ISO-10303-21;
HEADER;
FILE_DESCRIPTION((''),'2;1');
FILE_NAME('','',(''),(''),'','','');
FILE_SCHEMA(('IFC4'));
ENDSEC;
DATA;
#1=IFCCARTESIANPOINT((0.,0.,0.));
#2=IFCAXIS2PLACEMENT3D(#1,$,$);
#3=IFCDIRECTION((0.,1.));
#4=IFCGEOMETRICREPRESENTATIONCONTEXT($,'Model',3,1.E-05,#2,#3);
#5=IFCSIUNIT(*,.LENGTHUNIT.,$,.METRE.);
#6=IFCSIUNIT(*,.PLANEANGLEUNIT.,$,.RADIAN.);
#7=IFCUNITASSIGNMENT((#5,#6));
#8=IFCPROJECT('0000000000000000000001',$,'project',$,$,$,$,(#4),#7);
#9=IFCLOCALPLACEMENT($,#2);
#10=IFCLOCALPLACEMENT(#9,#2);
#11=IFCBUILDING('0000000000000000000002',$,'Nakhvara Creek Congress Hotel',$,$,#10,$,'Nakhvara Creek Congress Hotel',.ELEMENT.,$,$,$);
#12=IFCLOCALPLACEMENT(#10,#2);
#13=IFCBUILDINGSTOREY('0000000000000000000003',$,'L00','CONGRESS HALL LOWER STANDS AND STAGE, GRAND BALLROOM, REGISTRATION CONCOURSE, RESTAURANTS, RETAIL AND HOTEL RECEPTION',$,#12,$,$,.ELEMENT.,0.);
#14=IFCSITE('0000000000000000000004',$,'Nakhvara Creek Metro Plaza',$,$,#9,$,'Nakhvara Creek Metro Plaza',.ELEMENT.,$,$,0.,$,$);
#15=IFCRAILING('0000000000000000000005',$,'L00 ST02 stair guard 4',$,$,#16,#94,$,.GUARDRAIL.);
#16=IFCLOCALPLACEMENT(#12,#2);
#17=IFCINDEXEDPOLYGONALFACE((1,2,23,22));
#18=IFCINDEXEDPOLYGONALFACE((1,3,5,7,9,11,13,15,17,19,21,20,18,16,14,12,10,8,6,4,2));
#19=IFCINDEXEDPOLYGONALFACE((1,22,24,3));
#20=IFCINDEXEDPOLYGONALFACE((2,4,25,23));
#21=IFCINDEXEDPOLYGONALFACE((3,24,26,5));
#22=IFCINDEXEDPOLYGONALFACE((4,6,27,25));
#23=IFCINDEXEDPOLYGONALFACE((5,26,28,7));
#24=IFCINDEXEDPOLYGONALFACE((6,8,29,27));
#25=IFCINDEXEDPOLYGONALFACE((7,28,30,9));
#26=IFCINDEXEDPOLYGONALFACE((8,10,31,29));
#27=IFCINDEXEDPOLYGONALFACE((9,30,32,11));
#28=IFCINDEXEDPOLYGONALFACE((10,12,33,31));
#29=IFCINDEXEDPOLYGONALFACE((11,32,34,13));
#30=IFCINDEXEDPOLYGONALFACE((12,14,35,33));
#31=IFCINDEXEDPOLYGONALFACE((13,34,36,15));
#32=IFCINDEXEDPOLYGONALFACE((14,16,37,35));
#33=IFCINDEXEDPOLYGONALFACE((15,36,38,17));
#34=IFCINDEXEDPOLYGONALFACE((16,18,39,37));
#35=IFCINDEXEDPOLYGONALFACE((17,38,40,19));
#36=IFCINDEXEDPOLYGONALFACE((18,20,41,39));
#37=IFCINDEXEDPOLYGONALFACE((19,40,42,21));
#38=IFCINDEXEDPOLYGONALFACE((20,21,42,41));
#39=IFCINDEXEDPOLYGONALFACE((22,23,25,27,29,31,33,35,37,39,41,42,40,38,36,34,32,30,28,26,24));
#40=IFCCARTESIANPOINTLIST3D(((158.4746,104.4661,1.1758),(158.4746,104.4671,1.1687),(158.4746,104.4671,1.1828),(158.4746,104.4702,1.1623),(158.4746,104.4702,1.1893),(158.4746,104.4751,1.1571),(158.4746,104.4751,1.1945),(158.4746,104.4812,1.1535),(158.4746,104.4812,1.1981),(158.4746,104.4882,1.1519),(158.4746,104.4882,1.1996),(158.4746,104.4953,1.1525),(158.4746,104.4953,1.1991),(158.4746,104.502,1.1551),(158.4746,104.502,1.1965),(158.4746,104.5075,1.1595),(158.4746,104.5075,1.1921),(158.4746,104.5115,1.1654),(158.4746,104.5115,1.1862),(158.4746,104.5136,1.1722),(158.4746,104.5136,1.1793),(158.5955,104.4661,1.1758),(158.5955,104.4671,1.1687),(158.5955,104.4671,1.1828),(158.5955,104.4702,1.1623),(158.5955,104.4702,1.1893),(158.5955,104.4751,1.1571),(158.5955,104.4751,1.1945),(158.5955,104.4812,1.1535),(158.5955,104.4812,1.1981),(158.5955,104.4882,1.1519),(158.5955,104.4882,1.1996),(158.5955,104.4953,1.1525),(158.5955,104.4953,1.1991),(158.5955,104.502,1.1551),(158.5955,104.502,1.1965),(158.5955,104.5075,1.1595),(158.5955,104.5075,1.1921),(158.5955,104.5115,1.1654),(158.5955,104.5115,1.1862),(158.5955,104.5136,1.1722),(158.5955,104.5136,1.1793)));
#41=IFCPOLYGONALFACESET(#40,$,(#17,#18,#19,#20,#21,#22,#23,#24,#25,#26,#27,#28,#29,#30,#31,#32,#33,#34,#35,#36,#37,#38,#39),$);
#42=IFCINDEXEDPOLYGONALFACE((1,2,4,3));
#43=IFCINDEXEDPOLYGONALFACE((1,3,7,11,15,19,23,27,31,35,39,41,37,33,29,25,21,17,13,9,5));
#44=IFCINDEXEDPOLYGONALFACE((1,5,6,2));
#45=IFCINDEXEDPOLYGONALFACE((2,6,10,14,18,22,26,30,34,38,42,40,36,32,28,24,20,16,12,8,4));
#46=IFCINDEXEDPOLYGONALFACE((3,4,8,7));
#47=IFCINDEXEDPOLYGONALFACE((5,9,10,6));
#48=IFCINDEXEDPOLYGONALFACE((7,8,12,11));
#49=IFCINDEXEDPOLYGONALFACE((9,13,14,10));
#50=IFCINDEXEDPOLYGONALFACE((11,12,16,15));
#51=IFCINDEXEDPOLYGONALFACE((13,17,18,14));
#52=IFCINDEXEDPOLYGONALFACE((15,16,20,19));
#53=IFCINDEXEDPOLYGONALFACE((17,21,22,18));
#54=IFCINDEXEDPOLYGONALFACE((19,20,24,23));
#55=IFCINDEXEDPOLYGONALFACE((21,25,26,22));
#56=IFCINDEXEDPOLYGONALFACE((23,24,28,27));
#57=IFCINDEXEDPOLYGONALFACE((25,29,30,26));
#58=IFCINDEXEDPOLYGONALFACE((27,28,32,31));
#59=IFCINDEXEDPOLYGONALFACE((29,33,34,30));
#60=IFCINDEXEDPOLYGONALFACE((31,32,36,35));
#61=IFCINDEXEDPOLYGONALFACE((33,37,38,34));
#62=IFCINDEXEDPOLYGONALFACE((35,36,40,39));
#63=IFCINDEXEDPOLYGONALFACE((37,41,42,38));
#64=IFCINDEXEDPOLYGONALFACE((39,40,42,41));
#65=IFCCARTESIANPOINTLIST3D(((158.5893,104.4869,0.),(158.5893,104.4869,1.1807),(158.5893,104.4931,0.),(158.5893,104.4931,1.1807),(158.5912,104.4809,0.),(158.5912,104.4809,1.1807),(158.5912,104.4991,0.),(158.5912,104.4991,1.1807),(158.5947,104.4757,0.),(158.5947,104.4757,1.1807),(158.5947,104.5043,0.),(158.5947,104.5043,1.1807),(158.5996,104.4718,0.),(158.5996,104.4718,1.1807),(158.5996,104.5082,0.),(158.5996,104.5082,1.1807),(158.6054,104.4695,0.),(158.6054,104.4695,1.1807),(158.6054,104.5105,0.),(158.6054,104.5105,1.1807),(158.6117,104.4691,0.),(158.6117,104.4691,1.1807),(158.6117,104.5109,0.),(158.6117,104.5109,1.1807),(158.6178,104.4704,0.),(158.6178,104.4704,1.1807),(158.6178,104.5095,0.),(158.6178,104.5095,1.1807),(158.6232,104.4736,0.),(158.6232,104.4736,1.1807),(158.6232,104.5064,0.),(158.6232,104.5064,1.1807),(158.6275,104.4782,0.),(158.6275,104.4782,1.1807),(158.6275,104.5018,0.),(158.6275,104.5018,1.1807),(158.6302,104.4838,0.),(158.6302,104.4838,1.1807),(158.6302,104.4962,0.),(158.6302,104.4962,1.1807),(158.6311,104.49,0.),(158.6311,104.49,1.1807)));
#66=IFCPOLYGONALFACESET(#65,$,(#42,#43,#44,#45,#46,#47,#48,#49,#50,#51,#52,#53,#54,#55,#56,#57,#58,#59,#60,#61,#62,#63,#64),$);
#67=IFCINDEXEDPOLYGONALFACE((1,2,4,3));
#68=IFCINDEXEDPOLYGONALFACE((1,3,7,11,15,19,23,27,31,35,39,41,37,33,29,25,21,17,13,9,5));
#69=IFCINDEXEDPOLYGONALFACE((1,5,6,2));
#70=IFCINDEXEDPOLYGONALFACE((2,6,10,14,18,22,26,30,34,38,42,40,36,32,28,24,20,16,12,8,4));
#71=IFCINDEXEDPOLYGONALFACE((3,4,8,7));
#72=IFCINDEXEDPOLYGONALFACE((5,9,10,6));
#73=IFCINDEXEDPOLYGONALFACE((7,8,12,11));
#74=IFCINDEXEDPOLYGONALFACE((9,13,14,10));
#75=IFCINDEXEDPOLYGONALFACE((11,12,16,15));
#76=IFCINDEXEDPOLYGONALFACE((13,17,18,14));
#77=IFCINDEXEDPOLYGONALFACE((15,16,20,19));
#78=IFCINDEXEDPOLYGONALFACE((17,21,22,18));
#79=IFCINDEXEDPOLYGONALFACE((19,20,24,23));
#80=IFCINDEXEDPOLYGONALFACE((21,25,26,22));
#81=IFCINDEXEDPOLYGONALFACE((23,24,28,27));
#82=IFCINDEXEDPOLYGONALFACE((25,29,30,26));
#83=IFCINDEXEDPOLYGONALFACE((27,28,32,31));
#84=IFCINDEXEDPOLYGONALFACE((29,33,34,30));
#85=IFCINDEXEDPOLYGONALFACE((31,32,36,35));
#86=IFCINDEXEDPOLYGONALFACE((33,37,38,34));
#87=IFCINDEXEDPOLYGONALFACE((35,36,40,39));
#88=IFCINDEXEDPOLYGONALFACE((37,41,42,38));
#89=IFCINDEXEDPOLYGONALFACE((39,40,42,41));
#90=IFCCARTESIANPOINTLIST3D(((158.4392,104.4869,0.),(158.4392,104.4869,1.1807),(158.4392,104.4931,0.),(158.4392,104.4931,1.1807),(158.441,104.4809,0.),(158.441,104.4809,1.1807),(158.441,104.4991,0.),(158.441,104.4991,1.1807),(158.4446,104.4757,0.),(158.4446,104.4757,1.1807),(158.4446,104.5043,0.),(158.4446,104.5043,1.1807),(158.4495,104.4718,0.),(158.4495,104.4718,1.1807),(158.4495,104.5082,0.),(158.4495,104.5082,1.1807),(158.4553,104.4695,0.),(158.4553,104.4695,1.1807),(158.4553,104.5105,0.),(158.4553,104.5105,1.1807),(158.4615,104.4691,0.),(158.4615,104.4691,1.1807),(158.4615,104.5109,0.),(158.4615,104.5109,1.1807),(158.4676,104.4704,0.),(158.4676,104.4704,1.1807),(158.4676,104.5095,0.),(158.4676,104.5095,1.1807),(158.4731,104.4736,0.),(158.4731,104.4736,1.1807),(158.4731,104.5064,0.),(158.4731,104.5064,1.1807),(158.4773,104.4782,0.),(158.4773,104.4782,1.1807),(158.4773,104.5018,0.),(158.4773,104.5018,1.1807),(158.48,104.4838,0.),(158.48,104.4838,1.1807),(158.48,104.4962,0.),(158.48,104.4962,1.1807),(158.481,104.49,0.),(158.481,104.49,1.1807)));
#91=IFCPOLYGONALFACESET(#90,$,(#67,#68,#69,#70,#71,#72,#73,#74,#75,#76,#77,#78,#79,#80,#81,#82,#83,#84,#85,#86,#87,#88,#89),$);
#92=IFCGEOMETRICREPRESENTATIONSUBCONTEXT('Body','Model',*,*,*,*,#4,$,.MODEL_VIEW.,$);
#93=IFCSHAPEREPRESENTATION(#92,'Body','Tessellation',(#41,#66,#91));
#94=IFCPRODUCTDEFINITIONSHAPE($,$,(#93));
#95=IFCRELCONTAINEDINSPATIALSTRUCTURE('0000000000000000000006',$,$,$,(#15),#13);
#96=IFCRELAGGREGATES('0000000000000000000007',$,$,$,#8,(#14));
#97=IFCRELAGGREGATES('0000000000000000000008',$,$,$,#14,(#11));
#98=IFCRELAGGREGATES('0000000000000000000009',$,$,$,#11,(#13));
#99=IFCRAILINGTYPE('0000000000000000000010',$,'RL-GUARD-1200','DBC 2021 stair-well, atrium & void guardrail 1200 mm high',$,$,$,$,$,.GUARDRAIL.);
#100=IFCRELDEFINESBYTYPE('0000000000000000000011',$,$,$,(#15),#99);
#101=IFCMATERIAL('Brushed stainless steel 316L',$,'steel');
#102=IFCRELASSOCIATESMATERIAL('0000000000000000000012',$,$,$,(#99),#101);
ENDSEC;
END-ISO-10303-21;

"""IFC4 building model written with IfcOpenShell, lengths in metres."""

from ifc_helpers import new_model, si_unit, direction, frame, origin, origin_2d, place, context, subcontext, project, spatial, circle, extrude, material, type_object, element, save


model = new_model("IFC4")

# Units and contexts
model_context = context("Model", 3, precision=1e-05, world=origin(), true_north=direction((0.0, 1.0)))
body_context = subcontext(model_context, "Body", "Model", "MODEL_VIEW")
ifc_project = project(units=[si_unit("LENGTHUNIT", "METRE"), si_unit("PLANEANGLEUNIT", "RADIAN")], contexts=[model_context])

# Site, building, storey
site_placement = place(None, origin())
site = spatial("IfcSite", under=ifc_project, at=site_placement, Name="Nakhvara Creek Metro Plaza", LongName="Nakhvara Creek Metro Plaza", CompositionType="ELEMENT", RefElevation=0.0)
building_placement = place(site_placement, origin())
building = spatial("IfcBuilding", under=site, at=building_placement, Name="Nakhvara Creek Congress Hotel", LongName="Nakhvara Creek Congress Hotel", CompositionType="ELEMENT")
storey_placement = place(building_placement, origin())
storey = spatial("IfcBuildingStorey", under=building, at=storey_placement, Name="L00", Description="CONGRESS HALL LOWER STANDS AND STAGE, GRAND BALLROOM, REGISTRATION CONCOURSE, RESTAURANTS, RETAIL AND HOTEL RECEPTION", CompositionType="ELEMENT", Elevation=0.0)

# Railing
ifc_material_1 = material(Name="Brushed stainless steel 316L", Category="steel")
railing_type_1 = type_object("IfcRailingType", Name="RL-GUARD-1200", Description="DBC 2021 stair-well, atrium & void guardrail 1200 mm high", PredefinedType="GUARDRAIL", material=ifc_material_1)
railing_1_placement = place(storey_placement, frame((158.6101, 104.49, 0.0)))
element("IfcRailing", 1, at=railing_1_placement, inside=storey, type_object=railing_type_1, Name="L00 ST02 stair guard 4", PredefinedType="GUARDRAIL", context=body_context, shape_type="SweptSolid", body=[
    extrude(circle(Radius=0.0239, at=origin_2d()), frame((-0.0146, 0.0, 1.1758), z_axis=(-1.0, 0.0, 0.0), x_axis=(0.0, -1.0, 0.0)), (0.0, 0.0, 1.0), 0.1208),
    extrude(circle(Radius=0.021, at=origin_2d()), origin(), (0.0, 0.0, 1.0), 1.1807),
    extrude(circle(Radius=0.021, at=origin_2d()), frame((-0.1501, 0.0, 0.0)), (0.0, 0.0, 1.0), 1.1807),
])

save(model, "model.ifc")
